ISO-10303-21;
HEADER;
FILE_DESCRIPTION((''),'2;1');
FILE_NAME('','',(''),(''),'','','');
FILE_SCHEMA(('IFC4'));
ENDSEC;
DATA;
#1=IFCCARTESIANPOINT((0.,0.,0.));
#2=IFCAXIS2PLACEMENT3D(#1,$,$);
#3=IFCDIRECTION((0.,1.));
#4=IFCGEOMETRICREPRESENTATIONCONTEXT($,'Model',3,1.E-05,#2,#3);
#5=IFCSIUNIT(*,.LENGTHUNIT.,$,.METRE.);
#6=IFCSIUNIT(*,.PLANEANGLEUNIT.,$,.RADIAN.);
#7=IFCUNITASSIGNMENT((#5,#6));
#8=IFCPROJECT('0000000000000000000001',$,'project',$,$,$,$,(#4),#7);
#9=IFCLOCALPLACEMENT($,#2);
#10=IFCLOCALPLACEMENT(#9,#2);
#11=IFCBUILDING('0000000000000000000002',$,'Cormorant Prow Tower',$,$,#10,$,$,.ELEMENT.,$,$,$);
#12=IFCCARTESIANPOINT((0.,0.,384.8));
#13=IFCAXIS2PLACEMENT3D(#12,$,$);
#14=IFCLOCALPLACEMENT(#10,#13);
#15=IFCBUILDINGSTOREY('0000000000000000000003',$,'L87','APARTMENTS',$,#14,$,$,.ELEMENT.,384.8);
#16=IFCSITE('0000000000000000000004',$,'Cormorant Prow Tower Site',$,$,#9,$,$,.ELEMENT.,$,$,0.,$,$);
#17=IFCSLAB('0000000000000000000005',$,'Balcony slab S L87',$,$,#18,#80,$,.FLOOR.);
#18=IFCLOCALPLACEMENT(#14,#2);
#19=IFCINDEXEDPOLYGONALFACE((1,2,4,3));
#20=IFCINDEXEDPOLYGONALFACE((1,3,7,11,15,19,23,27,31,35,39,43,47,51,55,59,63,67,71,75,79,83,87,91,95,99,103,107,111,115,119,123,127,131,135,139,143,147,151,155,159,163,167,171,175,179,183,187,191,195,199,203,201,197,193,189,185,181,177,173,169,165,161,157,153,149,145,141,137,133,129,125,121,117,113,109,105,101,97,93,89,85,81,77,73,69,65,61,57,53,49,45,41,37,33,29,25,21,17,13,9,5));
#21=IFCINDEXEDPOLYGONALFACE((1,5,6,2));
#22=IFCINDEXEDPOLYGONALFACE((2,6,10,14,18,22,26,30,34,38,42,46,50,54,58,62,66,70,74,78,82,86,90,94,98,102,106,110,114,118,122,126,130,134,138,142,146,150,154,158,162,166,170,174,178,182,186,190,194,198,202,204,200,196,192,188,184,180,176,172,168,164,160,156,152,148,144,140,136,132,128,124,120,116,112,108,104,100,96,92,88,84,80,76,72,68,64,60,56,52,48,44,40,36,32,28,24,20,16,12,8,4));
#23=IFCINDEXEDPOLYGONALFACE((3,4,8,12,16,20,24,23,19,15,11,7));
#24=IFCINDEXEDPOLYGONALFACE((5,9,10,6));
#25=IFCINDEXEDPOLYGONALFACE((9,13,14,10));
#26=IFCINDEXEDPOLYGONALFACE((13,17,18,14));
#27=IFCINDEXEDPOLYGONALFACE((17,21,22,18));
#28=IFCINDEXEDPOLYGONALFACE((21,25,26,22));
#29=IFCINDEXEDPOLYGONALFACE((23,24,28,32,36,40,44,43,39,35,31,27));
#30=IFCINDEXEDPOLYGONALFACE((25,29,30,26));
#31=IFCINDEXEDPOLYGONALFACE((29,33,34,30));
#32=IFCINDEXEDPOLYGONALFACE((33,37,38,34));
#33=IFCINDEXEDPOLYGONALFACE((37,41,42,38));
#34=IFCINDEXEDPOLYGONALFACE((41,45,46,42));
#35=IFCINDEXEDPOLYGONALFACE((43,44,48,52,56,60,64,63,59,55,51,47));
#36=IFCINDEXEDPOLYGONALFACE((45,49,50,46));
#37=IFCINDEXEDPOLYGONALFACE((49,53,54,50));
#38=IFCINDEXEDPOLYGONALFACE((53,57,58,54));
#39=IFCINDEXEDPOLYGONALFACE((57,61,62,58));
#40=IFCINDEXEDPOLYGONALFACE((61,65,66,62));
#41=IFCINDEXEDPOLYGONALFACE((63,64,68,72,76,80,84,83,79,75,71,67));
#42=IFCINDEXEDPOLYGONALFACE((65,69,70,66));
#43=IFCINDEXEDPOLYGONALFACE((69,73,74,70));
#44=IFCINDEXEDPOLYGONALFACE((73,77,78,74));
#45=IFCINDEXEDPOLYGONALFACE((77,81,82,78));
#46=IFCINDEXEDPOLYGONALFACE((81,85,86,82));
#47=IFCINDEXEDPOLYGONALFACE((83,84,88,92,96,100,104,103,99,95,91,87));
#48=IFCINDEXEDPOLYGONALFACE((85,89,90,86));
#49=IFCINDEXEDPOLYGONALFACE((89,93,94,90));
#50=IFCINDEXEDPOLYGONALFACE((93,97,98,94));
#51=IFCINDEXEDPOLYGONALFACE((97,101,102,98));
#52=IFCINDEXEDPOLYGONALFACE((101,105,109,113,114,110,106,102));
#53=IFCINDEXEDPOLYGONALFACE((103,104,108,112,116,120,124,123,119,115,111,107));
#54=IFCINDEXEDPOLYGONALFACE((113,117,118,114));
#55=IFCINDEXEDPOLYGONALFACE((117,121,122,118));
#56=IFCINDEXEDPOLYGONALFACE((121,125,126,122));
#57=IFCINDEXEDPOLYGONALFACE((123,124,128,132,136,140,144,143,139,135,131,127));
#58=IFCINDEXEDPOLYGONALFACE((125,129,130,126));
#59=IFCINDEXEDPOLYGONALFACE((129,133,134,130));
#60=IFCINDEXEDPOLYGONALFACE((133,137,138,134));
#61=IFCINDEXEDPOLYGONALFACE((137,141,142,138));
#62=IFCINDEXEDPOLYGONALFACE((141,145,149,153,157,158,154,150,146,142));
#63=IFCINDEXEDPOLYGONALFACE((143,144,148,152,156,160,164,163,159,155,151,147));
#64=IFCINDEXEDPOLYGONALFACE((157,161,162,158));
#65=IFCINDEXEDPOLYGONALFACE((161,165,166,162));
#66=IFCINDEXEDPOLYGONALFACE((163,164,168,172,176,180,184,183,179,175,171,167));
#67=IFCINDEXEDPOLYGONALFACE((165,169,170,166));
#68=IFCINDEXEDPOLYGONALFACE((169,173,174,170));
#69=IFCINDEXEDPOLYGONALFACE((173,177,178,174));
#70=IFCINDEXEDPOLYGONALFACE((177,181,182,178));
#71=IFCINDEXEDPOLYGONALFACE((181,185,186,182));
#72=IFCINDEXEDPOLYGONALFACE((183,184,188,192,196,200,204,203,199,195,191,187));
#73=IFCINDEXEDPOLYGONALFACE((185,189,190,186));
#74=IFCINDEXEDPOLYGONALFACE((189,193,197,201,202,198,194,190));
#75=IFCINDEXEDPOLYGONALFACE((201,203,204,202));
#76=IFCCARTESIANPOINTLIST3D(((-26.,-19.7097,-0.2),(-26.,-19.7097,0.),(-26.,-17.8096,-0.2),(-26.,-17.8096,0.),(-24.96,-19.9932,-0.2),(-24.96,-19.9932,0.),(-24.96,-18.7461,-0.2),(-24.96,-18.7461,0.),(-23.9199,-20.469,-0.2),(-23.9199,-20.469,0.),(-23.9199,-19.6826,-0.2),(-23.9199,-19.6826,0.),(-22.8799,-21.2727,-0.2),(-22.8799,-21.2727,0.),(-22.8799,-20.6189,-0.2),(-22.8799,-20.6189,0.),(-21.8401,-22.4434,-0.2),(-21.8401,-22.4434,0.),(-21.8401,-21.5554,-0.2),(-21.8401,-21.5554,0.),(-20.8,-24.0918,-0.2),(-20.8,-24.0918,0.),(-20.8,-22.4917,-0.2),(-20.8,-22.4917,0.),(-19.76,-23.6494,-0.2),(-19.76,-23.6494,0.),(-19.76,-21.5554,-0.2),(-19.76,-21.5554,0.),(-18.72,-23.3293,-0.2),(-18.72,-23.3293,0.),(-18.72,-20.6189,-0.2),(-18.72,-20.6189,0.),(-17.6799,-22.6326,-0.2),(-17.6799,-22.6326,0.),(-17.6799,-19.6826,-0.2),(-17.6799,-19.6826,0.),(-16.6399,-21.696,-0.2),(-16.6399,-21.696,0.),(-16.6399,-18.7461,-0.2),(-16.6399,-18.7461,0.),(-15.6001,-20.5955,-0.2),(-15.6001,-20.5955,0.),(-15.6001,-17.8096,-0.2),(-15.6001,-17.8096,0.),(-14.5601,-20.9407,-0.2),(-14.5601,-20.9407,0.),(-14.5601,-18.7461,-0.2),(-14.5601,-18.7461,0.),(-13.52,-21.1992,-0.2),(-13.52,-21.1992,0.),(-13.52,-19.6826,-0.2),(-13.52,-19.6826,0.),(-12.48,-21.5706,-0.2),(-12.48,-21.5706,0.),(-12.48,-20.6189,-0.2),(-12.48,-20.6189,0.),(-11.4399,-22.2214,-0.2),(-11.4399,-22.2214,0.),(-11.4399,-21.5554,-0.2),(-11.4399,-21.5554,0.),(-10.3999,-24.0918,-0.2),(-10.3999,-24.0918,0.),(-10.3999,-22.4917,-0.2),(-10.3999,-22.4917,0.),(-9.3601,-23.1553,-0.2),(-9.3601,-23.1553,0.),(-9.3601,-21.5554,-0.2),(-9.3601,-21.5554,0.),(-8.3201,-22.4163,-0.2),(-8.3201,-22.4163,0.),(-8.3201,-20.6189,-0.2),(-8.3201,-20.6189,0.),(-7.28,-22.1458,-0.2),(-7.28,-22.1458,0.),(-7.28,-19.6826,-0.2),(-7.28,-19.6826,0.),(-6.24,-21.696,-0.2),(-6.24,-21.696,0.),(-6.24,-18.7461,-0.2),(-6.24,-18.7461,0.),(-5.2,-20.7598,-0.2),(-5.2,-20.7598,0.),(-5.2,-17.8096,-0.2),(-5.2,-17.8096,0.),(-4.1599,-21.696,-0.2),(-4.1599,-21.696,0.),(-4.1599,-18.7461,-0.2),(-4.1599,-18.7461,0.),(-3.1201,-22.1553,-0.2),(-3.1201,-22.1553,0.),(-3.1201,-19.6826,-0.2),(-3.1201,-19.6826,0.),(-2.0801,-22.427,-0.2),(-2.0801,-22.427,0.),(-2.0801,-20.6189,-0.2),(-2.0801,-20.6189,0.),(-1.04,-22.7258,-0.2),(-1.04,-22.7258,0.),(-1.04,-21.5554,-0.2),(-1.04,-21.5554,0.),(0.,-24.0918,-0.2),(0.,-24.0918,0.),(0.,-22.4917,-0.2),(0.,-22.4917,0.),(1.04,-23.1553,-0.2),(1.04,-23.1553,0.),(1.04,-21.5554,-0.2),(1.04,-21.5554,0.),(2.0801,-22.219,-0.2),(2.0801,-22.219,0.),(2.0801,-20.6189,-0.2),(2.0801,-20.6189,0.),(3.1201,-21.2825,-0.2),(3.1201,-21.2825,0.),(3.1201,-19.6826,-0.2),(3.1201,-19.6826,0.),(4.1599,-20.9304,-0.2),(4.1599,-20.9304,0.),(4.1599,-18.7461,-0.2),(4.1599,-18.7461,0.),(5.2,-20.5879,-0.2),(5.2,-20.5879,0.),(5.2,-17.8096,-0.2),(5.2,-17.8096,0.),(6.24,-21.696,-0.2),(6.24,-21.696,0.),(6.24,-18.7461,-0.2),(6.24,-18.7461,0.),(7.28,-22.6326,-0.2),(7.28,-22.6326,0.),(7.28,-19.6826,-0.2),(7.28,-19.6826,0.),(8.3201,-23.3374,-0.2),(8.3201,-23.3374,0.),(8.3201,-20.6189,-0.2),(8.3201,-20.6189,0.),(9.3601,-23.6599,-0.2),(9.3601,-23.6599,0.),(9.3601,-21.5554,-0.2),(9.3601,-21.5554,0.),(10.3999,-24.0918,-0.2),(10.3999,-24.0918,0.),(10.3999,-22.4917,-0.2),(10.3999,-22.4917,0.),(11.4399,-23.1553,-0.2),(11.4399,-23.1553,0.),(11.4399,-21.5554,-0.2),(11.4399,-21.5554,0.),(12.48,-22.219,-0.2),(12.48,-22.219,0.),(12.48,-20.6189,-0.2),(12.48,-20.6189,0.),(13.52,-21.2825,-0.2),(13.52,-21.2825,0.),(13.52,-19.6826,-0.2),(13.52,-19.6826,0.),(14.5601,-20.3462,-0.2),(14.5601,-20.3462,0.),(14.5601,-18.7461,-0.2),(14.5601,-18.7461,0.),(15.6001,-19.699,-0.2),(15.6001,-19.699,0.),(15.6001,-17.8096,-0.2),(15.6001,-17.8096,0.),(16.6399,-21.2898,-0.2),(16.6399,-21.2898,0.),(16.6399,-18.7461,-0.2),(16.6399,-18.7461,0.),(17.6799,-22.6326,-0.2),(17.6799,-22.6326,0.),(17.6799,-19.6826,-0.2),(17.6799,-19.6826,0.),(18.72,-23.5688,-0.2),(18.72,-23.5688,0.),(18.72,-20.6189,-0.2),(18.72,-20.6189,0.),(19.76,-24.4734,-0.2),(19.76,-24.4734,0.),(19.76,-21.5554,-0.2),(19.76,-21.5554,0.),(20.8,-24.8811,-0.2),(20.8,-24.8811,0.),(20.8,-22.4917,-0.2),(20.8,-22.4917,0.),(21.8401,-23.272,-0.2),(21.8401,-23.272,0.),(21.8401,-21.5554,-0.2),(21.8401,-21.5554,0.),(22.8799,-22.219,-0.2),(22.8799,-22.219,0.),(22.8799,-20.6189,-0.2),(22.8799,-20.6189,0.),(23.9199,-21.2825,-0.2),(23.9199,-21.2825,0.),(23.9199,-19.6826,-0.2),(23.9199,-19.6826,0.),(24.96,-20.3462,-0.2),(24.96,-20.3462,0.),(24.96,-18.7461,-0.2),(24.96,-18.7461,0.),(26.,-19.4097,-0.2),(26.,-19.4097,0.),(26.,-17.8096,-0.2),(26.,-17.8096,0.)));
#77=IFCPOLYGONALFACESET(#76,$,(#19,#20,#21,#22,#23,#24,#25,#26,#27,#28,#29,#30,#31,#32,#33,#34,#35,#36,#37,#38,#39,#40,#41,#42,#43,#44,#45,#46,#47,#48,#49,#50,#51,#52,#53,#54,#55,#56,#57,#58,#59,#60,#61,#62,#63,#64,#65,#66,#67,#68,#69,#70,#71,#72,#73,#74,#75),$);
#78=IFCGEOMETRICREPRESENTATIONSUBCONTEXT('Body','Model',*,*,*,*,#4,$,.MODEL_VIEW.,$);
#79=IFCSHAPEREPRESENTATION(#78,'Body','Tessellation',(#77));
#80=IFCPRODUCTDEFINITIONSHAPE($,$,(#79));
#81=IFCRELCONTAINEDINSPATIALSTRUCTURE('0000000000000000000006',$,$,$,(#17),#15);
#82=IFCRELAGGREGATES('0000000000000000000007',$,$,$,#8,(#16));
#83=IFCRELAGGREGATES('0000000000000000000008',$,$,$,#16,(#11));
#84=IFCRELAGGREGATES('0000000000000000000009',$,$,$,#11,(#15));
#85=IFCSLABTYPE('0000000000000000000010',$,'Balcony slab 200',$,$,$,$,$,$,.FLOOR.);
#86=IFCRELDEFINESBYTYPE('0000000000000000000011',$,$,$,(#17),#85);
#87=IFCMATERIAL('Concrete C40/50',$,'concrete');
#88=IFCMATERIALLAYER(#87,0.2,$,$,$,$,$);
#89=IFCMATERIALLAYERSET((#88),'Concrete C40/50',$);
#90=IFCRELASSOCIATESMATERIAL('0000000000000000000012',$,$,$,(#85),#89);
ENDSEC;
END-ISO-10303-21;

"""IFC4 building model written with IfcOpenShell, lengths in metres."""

from ifc_helpers import new_model, si_unit, direction, frame, origin, place, context, subcontext, project, spatial, polyline, outline, extrude, material, layer, layer_set, type_object, element, save


model = new_model("IFC4")

# Units and contexts
model_context = context("Model", 3, precision=1e-05, world=origin(), true_north=direction((0.0, 1.0)))
body_context = subcontext(model_context, "Body", "Model", "MODEL_VIEW")
ifc_project = project(units=[si_unit("LENGTHUNIT", "METRE"), si_unit("PLANEANGLEUNIT", "RADIAN")], contexts=[model_context])

# Site, building, storey
site_placement = place(None, origin())
site = spatial("IfcSite", under=ifc_project, at=site_placement, Name="Cormorant Prow Tower Site", CompositionType="ELEMENT", RefElevation=0.0)
building_placement = place(site_placement, origin())
building = spatial("IfcBuilding", under=site, at=building_placement, Name="Cormorant Prow Tower", CompositionType="ELEMENT")
storey_placement = place(building_placement, frame((0.0, 0.0, 384.8)))
storey = spatial("IfcBuildingStorey", under=building, at=storey_placement, Name="L87", Description="APARTMENTS", CompositionType="ELEMENT", Elevation=384.8)

# Slab
ifc_material_1 = material(Name="Concrete C40/50", Category="concrete")
ifc_layer_1 = layer(ifc_material_1, 0.2)
ifc_layer_set_1 = layer_set([ifc_layer_1], Name="Concrete C40/50")
slab_type_1 = type_object("IfcSlabType", Name="Balcony slab 200", PredefinedType="FLOOR", material=ifc_layer_set_1)
slab_1_placement = place(storey_placement, frame((0.0, 0.0, -0.2)))
element("IfcSlab", 1, at=slab_1_placement, inside=storey, type_object=slab_type_1, Name="Balcony slab S L87", PredefinedType="FLOOR", context=body_context, shape_type="SweptSolid", body=[
    extrude(outline(polyline([(-26.0, -17.8096), (-26.0, -19.7097), (-24.96, -19.9932), (-23.9199, -20.469), (-22.8799, -21.2727), (-21.8401, -22.4434), (-20.8, -24.0918), (-19.76, -23.6494), (-18.72, -23.3293), (-17.6799, -22.6326), (-16.6399, -21.696), (-15.6001, -20.5955), (-14.5601, -20.9407), (-13.52, -21.1992), (-12.48, -21.5706), (-11.4399, -22.2214), (-10.3999, -24.0918), (-9.3601, -23.1553), (-8.3201, -22.4163), (-7.28, -22.1458), (-6.24, -21.696), (-5.2, -20.7598), (-4.1599, -21.696), (-3.1201, -22.1553), (-2.0801, -22.427), (-1.04, -22.7258), (0.0, -24.0918), (1.04, -23.1553), (2.0801, -22.219), (3.1201, -21.2825), (4.1599, -20.9304), (5.2, -20.5879), (6.24, -21.696), (7.28, -22.6326), (8.3201, -23.3374), (9.3601, -23.6599), (10.3999, -24.0918), (11.4399, -23.1553), (12.48, -22.219), (13.52, -21.2825), (14.5601, -20.3462), (15.6001, -19.699), (16.6399, -21.2898), (17.6799, -22.6326), (18.72, -23.5688), (19.76, -24.4734), (20.8, -24.8811), (21.8401, -23.272), (22.8799, -22.219), (23.9199, -21.2825), (24.96, -20.3462), (26.0, -19.4097), (26.0, -17.8096), (24.96, -18.7461), (23.9199, -19.6826), (22.8799, -20.6189), (21.8401, -21.5554), (20.8, -22.4917), (19.76, -21.5554), (18.72, -20.6189), (17.6799, -19.6826), (16.6399, -18.7461), (15.6001, -17.8096), (14.5601, -18.7461), (13.52, -19.6826), (12.48, -20.6189), (11.4399, -21.5554), (10.3999, -22.4917), (9.3601, -21.5554), (8.3201, -20.6189), (7.28, -19.6826), (6.24, -18.7461), (5.2, -17.8096), (4.1599, -18.7461), (3.1201, -19.6826), (2.0801, -20.6189), (1.04, -21.5554), (0.0, -22.4917), (-1.04, -21.5554), (-2.0801, -20.6189), (-3.1201, -19.6826), (-4.1599, -18.7461), (-5.2, -17.8096), (-6.24, -18.7461), (-7.28, -19.6826), (-8.3201, -20.6189), (-9.3601, -21.5554), (-10.3999, -22.4917), (-11.4399, -21.5554), (-12.48, -20.6189), (-13.52, -19.6826), (-14.5601, -18.7461), (-15.6001, -17.8096), (-16.6399, -18.7461), (-17.6799, -19.6826), (-18.72, -20.6189), (-19.76, -21.5554), (-20.8, -22.4917), (-21.8401, -21.5554), (-22.8799, -20.6189), (-23.9199, -19.6826), (-24.96, -18.7461), (-26.0, -17.8096)])), origin(), (0.0, 0.0, 1.0), 0.2),
])

save(model, "model.ifc")
